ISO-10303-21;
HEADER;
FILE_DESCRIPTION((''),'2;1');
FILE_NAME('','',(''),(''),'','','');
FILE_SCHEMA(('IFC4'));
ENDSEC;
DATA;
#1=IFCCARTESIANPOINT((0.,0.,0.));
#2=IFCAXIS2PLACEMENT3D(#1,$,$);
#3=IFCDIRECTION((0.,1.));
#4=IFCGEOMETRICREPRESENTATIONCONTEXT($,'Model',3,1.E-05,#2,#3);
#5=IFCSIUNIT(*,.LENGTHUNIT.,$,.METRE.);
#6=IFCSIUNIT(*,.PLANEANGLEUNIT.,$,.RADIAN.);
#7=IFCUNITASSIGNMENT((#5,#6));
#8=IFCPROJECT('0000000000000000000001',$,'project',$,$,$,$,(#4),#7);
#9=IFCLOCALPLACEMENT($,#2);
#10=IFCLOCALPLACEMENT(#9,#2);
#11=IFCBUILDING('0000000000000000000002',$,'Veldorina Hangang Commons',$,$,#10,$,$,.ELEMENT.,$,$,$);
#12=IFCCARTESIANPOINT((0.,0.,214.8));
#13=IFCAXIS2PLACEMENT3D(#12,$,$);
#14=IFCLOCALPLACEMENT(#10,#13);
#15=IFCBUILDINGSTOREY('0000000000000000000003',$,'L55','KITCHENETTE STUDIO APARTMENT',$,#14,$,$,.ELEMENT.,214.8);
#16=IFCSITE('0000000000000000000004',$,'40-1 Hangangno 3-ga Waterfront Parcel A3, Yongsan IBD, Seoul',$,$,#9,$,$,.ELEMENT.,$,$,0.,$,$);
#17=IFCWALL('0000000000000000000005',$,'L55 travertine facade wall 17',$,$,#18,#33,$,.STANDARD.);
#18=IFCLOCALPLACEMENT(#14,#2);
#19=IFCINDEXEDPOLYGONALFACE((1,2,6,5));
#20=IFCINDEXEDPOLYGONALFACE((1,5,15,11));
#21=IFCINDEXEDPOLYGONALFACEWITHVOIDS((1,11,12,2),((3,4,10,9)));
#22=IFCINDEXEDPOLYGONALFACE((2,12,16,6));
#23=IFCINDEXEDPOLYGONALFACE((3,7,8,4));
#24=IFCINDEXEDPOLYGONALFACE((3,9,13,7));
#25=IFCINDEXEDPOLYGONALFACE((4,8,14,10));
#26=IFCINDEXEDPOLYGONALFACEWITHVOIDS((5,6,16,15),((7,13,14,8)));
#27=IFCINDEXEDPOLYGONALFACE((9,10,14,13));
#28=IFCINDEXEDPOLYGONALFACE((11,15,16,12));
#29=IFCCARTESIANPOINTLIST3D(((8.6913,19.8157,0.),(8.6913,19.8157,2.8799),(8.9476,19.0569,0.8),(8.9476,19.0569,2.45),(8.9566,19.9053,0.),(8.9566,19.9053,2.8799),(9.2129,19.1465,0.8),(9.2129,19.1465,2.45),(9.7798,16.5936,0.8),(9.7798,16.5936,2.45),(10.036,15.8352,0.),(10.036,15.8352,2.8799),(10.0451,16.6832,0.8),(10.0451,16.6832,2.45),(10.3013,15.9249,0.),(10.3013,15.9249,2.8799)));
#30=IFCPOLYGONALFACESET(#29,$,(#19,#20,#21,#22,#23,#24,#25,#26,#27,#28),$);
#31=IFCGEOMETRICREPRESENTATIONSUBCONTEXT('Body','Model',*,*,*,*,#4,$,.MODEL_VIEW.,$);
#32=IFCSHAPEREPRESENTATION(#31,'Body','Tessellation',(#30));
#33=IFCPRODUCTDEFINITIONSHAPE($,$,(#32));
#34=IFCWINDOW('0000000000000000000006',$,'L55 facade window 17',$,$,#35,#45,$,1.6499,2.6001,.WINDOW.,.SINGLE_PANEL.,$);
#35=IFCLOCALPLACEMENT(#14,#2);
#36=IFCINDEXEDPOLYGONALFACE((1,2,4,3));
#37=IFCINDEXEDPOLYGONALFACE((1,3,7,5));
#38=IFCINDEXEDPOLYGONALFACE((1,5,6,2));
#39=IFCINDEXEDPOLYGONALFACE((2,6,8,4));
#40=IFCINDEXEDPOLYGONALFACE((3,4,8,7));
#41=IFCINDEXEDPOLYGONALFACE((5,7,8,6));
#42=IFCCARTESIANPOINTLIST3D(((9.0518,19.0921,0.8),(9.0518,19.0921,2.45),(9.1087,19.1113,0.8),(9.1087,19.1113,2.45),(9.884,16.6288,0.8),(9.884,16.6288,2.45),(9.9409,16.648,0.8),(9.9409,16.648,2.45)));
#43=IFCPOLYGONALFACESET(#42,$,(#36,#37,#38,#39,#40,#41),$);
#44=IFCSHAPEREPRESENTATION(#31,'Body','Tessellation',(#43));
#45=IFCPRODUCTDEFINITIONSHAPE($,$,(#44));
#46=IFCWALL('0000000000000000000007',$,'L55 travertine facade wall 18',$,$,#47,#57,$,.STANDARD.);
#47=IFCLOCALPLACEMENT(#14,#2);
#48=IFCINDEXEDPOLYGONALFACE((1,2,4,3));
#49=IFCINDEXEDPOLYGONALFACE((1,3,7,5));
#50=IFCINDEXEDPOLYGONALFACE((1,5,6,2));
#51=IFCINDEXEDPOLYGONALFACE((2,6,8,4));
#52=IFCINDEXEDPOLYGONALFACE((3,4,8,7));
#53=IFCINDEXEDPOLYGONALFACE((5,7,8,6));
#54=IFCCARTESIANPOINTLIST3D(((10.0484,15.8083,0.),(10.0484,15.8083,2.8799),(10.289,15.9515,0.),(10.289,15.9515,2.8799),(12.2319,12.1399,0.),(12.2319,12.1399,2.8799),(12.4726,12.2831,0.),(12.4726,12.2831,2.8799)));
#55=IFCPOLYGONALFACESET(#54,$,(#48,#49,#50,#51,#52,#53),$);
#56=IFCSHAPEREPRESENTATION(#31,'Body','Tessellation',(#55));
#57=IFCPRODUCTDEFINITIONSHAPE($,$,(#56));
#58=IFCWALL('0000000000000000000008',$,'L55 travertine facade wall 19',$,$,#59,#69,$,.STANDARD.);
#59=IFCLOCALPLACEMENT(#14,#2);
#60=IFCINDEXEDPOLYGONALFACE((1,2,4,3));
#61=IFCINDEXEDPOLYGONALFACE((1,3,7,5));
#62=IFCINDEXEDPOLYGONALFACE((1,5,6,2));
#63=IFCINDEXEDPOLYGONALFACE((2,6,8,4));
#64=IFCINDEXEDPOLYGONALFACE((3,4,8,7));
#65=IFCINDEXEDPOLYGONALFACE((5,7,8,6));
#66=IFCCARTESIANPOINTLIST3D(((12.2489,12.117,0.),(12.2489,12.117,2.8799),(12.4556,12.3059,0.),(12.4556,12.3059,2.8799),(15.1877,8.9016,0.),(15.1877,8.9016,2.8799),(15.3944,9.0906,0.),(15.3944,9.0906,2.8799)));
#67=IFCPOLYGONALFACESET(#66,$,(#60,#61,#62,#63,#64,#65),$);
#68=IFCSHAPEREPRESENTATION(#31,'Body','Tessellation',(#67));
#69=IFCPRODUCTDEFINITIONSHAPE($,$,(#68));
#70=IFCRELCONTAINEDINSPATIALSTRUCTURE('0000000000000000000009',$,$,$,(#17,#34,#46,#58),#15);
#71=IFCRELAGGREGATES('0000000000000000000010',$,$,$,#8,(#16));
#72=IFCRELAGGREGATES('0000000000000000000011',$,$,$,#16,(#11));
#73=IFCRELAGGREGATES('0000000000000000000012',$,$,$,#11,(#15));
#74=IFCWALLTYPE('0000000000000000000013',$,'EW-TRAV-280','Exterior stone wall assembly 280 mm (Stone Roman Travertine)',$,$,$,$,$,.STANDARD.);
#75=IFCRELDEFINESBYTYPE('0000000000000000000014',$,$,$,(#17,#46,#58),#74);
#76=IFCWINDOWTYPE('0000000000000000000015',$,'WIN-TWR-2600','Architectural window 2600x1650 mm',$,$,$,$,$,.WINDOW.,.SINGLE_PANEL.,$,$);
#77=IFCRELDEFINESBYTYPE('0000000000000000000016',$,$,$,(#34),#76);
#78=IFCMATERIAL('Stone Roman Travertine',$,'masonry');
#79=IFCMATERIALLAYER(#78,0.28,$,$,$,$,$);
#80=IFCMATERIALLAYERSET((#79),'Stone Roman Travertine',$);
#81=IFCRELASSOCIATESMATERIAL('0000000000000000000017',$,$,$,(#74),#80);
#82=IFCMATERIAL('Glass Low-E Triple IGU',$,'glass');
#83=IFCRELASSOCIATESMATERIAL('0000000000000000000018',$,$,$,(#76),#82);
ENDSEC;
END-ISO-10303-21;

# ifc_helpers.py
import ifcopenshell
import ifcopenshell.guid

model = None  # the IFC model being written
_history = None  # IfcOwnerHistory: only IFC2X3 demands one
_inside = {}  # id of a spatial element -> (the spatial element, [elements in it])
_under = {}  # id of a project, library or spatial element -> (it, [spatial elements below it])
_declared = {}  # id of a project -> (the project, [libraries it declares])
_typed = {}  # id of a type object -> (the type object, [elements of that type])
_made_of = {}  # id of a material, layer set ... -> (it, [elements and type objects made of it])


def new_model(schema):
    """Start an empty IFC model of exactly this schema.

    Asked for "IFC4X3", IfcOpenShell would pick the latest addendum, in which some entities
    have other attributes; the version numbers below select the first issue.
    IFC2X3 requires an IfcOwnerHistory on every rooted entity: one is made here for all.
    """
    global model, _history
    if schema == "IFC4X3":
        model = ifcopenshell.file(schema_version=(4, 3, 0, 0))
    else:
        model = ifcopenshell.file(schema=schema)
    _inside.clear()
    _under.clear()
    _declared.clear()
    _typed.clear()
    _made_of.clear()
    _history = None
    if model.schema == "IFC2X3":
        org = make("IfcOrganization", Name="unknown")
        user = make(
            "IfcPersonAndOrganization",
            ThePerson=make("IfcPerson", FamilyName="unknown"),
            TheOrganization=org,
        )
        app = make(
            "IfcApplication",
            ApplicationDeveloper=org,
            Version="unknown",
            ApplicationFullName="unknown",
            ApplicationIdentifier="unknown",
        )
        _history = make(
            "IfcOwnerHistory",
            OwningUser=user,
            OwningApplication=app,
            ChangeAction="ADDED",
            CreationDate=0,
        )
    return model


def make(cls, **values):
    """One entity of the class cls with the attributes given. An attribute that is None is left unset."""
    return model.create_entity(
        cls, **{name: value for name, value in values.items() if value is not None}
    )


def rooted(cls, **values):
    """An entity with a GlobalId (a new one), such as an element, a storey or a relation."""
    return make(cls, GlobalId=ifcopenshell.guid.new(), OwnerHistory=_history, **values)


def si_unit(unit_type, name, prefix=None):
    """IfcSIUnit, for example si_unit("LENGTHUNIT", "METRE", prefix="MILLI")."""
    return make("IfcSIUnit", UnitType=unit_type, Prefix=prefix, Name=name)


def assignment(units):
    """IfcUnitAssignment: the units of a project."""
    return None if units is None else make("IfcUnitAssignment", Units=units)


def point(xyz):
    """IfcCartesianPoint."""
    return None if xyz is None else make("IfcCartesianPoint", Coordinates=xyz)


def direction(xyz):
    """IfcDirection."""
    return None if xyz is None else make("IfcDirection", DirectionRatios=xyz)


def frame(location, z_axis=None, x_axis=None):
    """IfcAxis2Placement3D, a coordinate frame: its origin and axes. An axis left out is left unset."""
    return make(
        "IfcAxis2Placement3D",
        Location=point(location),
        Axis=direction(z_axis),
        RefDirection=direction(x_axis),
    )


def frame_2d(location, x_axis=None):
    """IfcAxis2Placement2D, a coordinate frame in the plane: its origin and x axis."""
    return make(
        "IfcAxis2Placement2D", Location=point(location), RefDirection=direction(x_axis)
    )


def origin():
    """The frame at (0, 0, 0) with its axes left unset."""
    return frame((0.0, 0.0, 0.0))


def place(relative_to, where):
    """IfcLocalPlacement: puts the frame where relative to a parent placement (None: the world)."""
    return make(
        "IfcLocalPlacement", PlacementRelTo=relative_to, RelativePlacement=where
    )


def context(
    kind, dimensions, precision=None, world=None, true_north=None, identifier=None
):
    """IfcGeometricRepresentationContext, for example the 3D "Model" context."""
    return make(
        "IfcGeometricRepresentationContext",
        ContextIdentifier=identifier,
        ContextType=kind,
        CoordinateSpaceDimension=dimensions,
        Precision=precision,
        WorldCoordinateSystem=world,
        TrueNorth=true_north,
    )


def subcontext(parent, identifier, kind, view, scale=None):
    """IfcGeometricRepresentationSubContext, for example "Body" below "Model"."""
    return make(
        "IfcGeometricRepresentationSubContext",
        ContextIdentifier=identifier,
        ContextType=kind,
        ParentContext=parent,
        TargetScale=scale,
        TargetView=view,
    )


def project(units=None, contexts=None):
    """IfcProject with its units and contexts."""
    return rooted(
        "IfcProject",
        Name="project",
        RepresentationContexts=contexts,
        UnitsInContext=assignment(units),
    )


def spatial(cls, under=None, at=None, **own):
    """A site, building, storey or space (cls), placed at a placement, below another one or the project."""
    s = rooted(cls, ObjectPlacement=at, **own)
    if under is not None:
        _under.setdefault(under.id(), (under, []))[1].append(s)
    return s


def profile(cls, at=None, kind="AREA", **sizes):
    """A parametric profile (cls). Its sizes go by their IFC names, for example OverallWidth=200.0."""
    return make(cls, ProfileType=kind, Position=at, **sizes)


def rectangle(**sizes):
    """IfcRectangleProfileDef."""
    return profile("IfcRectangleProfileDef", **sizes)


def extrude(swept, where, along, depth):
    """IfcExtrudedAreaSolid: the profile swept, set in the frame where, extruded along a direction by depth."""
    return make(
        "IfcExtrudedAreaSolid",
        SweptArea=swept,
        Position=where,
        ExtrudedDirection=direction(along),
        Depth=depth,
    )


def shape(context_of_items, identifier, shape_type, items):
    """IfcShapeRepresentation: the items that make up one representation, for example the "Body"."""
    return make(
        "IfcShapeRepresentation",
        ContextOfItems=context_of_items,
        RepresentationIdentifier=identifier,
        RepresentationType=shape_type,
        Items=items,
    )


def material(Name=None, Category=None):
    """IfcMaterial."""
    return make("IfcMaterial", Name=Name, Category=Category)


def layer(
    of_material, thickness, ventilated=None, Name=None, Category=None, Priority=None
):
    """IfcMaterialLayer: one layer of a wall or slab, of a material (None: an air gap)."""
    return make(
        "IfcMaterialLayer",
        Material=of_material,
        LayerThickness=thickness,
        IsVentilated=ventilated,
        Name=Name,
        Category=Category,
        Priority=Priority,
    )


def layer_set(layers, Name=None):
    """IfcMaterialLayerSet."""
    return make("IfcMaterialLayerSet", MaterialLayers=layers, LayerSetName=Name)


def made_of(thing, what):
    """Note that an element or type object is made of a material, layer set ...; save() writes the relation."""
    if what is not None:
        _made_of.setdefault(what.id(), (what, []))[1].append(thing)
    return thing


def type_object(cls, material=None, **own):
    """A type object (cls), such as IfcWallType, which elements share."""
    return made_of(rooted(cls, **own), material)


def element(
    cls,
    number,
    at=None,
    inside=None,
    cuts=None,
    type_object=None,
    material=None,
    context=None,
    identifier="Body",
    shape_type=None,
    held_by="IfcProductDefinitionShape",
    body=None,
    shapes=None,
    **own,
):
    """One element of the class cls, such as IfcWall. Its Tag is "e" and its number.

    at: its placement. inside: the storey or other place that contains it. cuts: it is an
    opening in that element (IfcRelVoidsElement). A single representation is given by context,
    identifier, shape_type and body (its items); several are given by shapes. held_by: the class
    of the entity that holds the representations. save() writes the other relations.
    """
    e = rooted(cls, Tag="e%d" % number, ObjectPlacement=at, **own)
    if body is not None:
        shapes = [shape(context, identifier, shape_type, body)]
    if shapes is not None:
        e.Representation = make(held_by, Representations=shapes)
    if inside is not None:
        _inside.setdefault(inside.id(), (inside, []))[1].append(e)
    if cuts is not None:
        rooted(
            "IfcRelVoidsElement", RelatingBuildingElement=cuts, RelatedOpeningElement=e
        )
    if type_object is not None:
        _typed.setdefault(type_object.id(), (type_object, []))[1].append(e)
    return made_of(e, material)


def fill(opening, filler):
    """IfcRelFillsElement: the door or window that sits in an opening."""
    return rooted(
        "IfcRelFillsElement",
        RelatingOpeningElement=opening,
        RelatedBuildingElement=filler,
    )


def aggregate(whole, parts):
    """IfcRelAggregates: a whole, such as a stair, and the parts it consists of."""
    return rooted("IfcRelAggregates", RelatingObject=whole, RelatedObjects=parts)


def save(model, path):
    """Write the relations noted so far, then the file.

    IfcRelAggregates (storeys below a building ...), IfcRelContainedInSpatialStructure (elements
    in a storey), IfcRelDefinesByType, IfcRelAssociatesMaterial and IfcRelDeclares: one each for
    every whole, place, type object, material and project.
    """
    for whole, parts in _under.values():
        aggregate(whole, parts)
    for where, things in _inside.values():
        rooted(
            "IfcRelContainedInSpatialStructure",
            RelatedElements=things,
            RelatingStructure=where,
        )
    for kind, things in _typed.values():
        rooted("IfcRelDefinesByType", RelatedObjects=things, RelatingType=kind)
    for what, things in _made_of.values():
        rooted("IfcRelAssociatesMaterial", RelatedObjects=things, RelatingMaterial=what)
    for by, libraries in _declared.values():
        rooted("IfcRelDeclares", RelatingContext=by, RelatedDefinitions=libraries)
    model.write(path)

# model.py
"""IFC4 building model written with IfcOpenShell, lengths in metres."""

from ifc_helpers import new_model, si_unit, direction, frame, frame_2d, origin, place, context, subcontext, project, spatial, rectangle, extrude, material, layer, layer_set, type_object, element, fill, save


model = new_model("IFC4")

# Units and contexts
model_context = context("Model", 3, precision=1e-05, world=origin(), true_north=direction((0.0, 1.0)))
body_context = subcontext(model_context, "Body", "Model", "MODEL_VIEW")
ifc_project = project(units=[si_unit("LENGTHUNIT", "METRE"), si_unit("PLANEANGLEUNIT", "RADIAN")], contexts=[model_context])

# Site, building, storey
site_placement = place(None, origin())
site = spatial("IfcSite", under=ifc_project, at=site_placement, Name="40-1 Hangangno 3-ga Waterfront Parcel A3, Yongsan IBD, Seoul", CompositionType="ELEMENT", RefElevation=0.0)
building_placement = place(site_placement, origin())
building = spatial("IfcBuilding", under=site, at=building_placement, Name="Veldorina Hangang Commons", CompositionType="ELEMENT")
storey_placement = place(building_placement, frame((0.0, 0.0, 214.8)))
storey = spatial("IfcBuildingStorey", under=building, at=storey_placement, Name="L55", Description="KITCHENETTE STUDIO APARTMENT", CompositionType="ELEMENT", Elevation=214.8)

# Wall, opening, window
ifc_material_1 = material(Name="Stone Roman Travertine", Category="masonry")
ifc_layer_1 = layer(ifc_material_1, 0.28)
ifc_layer_set_1 = layer_set([ifc_layer_1], Name="Stone Roman Travertine")
wall_type = type_object("IfcWallType", Name="EW-TRAV-280", Description="Exterior stone wall assembly 280 mm (Stone Roman Travertine)", PredefinedType="STANDARD", material=ifc_layer_set_1)
wall_1_placement = place(storey_placement, frame((8.824, 19.8604, 0.0), z_axis=(0.0, 0.0, 1.0), x_axis=(0.32006, -0.947397, 0.0)))
wall_1 = element("IfcWall", 1, at=wall_1_placement, inside=storey, type_object=wall_type, Name="L55 travertine facade wall 17", PredefinedType="STANDARD", context=body_context, shape_type="SweptSolid", body=[
    extrude(rectangle(XDim=4.2014, YDim=0.28, at=frame_2d((2.1006, 0.0))), origin(), (0.0, 0.0, 1.0), 2.8799),
])
opening_placement = place(wall_1_placement, frame((0.8008, 0.0, 0.8)))
opening = element("IfcOpeningElement", 2, at=opening_placement, cuts=wall_1, PredefinedType="OPENING", context=body_context, shape_type="SweptSolid", body=[
    extrude(rectangle(XDim=2.6001, YDim=1.6499, at=frame_2d((1.3, 0.825))), frame((0.0, 0.1499, 0.0), z_axis=(0.0, -1.0, 0.0), x_axis=(1.0, 0.0, 0.0)), (0.0, 0.0, 1.0), 0.3),
])
ifc_material_2 = material(Name="Glass Low-E Triple IGU", Category="glass")
window_type = type_object("IfcWindowType", Name="WIN-TWR-2600", Description="Architectural window 2600x1650 mm", PartitioningType="SINGLE_PANEL", PredefinedType="WINDOW", material=ifc_material_2)
window_placement = place(opening_placement, origin())
window = element("IfcWindow", 3, at=window_placement, inside=storey, type_object=window_type, Name="L55 facade window 17", OverallHeight=1.6499, OverallWidth=2.6001, PartitioningType="SINGLE_PANEL", PredefinedType="WINDOW", context=body_context, shape_type="SweptSolid", body=[
    extrude(rectangle(XDim=2.6001, YDim=1.6499, at=frame_2d((1.3, 0.825))), frame((0.0, 0.03, 0.0), z_axis=(0.0, -1.0, 0.0), x_axis=(1.0, 0.0, 0.0)), (0.0, 0.0, 1.0), 0.0601),
])
fill(opening, window)

# Walls
wall_2_placement = place(storey_placement, frame((10.1687, 15.8799, 0.0), z_axis=(0.0, 0.0, 1.0), x_axis=(0.511482, -0.859294, 0.0)))
element("IfcWall", 4, at=wall_2_placement, inside=storey, type_object=wall_type, Name="L55 travertine facade wall 18", PredefinedType="STANDARD", context=body_context, shape_type="SweptSolid", body=[
    extrude(rectangle(XDim=4.269, YDim=0.28, at=frame_2d((2.1345, 0.0))), origin(), (0.0, 0.0, 1.0), 2.8799),
])
wall_3_placement = place(storey_placement, frame((12.3523, 12.2114, 0.0), z_axis=(0.0, 0.0, 1.0), x_axis=(0.674643, -0.738144, 0.0)))
element("IfcWall", 5, at=wall_3_placement, inside=storey, type_object=wall_type, Name="L55 travertine facade wall 19", PredefinedType="STANDARD", context=body_context, shape_type="SweptSolid", body=[
    extrude(rectangle(XDim=4.356, YDim=0.28, at=frame_2d((2.178, 0.0))), origin(), (0.0, 0.0, 1.0), 2.8799),
])

save(model, "model.ifc")
